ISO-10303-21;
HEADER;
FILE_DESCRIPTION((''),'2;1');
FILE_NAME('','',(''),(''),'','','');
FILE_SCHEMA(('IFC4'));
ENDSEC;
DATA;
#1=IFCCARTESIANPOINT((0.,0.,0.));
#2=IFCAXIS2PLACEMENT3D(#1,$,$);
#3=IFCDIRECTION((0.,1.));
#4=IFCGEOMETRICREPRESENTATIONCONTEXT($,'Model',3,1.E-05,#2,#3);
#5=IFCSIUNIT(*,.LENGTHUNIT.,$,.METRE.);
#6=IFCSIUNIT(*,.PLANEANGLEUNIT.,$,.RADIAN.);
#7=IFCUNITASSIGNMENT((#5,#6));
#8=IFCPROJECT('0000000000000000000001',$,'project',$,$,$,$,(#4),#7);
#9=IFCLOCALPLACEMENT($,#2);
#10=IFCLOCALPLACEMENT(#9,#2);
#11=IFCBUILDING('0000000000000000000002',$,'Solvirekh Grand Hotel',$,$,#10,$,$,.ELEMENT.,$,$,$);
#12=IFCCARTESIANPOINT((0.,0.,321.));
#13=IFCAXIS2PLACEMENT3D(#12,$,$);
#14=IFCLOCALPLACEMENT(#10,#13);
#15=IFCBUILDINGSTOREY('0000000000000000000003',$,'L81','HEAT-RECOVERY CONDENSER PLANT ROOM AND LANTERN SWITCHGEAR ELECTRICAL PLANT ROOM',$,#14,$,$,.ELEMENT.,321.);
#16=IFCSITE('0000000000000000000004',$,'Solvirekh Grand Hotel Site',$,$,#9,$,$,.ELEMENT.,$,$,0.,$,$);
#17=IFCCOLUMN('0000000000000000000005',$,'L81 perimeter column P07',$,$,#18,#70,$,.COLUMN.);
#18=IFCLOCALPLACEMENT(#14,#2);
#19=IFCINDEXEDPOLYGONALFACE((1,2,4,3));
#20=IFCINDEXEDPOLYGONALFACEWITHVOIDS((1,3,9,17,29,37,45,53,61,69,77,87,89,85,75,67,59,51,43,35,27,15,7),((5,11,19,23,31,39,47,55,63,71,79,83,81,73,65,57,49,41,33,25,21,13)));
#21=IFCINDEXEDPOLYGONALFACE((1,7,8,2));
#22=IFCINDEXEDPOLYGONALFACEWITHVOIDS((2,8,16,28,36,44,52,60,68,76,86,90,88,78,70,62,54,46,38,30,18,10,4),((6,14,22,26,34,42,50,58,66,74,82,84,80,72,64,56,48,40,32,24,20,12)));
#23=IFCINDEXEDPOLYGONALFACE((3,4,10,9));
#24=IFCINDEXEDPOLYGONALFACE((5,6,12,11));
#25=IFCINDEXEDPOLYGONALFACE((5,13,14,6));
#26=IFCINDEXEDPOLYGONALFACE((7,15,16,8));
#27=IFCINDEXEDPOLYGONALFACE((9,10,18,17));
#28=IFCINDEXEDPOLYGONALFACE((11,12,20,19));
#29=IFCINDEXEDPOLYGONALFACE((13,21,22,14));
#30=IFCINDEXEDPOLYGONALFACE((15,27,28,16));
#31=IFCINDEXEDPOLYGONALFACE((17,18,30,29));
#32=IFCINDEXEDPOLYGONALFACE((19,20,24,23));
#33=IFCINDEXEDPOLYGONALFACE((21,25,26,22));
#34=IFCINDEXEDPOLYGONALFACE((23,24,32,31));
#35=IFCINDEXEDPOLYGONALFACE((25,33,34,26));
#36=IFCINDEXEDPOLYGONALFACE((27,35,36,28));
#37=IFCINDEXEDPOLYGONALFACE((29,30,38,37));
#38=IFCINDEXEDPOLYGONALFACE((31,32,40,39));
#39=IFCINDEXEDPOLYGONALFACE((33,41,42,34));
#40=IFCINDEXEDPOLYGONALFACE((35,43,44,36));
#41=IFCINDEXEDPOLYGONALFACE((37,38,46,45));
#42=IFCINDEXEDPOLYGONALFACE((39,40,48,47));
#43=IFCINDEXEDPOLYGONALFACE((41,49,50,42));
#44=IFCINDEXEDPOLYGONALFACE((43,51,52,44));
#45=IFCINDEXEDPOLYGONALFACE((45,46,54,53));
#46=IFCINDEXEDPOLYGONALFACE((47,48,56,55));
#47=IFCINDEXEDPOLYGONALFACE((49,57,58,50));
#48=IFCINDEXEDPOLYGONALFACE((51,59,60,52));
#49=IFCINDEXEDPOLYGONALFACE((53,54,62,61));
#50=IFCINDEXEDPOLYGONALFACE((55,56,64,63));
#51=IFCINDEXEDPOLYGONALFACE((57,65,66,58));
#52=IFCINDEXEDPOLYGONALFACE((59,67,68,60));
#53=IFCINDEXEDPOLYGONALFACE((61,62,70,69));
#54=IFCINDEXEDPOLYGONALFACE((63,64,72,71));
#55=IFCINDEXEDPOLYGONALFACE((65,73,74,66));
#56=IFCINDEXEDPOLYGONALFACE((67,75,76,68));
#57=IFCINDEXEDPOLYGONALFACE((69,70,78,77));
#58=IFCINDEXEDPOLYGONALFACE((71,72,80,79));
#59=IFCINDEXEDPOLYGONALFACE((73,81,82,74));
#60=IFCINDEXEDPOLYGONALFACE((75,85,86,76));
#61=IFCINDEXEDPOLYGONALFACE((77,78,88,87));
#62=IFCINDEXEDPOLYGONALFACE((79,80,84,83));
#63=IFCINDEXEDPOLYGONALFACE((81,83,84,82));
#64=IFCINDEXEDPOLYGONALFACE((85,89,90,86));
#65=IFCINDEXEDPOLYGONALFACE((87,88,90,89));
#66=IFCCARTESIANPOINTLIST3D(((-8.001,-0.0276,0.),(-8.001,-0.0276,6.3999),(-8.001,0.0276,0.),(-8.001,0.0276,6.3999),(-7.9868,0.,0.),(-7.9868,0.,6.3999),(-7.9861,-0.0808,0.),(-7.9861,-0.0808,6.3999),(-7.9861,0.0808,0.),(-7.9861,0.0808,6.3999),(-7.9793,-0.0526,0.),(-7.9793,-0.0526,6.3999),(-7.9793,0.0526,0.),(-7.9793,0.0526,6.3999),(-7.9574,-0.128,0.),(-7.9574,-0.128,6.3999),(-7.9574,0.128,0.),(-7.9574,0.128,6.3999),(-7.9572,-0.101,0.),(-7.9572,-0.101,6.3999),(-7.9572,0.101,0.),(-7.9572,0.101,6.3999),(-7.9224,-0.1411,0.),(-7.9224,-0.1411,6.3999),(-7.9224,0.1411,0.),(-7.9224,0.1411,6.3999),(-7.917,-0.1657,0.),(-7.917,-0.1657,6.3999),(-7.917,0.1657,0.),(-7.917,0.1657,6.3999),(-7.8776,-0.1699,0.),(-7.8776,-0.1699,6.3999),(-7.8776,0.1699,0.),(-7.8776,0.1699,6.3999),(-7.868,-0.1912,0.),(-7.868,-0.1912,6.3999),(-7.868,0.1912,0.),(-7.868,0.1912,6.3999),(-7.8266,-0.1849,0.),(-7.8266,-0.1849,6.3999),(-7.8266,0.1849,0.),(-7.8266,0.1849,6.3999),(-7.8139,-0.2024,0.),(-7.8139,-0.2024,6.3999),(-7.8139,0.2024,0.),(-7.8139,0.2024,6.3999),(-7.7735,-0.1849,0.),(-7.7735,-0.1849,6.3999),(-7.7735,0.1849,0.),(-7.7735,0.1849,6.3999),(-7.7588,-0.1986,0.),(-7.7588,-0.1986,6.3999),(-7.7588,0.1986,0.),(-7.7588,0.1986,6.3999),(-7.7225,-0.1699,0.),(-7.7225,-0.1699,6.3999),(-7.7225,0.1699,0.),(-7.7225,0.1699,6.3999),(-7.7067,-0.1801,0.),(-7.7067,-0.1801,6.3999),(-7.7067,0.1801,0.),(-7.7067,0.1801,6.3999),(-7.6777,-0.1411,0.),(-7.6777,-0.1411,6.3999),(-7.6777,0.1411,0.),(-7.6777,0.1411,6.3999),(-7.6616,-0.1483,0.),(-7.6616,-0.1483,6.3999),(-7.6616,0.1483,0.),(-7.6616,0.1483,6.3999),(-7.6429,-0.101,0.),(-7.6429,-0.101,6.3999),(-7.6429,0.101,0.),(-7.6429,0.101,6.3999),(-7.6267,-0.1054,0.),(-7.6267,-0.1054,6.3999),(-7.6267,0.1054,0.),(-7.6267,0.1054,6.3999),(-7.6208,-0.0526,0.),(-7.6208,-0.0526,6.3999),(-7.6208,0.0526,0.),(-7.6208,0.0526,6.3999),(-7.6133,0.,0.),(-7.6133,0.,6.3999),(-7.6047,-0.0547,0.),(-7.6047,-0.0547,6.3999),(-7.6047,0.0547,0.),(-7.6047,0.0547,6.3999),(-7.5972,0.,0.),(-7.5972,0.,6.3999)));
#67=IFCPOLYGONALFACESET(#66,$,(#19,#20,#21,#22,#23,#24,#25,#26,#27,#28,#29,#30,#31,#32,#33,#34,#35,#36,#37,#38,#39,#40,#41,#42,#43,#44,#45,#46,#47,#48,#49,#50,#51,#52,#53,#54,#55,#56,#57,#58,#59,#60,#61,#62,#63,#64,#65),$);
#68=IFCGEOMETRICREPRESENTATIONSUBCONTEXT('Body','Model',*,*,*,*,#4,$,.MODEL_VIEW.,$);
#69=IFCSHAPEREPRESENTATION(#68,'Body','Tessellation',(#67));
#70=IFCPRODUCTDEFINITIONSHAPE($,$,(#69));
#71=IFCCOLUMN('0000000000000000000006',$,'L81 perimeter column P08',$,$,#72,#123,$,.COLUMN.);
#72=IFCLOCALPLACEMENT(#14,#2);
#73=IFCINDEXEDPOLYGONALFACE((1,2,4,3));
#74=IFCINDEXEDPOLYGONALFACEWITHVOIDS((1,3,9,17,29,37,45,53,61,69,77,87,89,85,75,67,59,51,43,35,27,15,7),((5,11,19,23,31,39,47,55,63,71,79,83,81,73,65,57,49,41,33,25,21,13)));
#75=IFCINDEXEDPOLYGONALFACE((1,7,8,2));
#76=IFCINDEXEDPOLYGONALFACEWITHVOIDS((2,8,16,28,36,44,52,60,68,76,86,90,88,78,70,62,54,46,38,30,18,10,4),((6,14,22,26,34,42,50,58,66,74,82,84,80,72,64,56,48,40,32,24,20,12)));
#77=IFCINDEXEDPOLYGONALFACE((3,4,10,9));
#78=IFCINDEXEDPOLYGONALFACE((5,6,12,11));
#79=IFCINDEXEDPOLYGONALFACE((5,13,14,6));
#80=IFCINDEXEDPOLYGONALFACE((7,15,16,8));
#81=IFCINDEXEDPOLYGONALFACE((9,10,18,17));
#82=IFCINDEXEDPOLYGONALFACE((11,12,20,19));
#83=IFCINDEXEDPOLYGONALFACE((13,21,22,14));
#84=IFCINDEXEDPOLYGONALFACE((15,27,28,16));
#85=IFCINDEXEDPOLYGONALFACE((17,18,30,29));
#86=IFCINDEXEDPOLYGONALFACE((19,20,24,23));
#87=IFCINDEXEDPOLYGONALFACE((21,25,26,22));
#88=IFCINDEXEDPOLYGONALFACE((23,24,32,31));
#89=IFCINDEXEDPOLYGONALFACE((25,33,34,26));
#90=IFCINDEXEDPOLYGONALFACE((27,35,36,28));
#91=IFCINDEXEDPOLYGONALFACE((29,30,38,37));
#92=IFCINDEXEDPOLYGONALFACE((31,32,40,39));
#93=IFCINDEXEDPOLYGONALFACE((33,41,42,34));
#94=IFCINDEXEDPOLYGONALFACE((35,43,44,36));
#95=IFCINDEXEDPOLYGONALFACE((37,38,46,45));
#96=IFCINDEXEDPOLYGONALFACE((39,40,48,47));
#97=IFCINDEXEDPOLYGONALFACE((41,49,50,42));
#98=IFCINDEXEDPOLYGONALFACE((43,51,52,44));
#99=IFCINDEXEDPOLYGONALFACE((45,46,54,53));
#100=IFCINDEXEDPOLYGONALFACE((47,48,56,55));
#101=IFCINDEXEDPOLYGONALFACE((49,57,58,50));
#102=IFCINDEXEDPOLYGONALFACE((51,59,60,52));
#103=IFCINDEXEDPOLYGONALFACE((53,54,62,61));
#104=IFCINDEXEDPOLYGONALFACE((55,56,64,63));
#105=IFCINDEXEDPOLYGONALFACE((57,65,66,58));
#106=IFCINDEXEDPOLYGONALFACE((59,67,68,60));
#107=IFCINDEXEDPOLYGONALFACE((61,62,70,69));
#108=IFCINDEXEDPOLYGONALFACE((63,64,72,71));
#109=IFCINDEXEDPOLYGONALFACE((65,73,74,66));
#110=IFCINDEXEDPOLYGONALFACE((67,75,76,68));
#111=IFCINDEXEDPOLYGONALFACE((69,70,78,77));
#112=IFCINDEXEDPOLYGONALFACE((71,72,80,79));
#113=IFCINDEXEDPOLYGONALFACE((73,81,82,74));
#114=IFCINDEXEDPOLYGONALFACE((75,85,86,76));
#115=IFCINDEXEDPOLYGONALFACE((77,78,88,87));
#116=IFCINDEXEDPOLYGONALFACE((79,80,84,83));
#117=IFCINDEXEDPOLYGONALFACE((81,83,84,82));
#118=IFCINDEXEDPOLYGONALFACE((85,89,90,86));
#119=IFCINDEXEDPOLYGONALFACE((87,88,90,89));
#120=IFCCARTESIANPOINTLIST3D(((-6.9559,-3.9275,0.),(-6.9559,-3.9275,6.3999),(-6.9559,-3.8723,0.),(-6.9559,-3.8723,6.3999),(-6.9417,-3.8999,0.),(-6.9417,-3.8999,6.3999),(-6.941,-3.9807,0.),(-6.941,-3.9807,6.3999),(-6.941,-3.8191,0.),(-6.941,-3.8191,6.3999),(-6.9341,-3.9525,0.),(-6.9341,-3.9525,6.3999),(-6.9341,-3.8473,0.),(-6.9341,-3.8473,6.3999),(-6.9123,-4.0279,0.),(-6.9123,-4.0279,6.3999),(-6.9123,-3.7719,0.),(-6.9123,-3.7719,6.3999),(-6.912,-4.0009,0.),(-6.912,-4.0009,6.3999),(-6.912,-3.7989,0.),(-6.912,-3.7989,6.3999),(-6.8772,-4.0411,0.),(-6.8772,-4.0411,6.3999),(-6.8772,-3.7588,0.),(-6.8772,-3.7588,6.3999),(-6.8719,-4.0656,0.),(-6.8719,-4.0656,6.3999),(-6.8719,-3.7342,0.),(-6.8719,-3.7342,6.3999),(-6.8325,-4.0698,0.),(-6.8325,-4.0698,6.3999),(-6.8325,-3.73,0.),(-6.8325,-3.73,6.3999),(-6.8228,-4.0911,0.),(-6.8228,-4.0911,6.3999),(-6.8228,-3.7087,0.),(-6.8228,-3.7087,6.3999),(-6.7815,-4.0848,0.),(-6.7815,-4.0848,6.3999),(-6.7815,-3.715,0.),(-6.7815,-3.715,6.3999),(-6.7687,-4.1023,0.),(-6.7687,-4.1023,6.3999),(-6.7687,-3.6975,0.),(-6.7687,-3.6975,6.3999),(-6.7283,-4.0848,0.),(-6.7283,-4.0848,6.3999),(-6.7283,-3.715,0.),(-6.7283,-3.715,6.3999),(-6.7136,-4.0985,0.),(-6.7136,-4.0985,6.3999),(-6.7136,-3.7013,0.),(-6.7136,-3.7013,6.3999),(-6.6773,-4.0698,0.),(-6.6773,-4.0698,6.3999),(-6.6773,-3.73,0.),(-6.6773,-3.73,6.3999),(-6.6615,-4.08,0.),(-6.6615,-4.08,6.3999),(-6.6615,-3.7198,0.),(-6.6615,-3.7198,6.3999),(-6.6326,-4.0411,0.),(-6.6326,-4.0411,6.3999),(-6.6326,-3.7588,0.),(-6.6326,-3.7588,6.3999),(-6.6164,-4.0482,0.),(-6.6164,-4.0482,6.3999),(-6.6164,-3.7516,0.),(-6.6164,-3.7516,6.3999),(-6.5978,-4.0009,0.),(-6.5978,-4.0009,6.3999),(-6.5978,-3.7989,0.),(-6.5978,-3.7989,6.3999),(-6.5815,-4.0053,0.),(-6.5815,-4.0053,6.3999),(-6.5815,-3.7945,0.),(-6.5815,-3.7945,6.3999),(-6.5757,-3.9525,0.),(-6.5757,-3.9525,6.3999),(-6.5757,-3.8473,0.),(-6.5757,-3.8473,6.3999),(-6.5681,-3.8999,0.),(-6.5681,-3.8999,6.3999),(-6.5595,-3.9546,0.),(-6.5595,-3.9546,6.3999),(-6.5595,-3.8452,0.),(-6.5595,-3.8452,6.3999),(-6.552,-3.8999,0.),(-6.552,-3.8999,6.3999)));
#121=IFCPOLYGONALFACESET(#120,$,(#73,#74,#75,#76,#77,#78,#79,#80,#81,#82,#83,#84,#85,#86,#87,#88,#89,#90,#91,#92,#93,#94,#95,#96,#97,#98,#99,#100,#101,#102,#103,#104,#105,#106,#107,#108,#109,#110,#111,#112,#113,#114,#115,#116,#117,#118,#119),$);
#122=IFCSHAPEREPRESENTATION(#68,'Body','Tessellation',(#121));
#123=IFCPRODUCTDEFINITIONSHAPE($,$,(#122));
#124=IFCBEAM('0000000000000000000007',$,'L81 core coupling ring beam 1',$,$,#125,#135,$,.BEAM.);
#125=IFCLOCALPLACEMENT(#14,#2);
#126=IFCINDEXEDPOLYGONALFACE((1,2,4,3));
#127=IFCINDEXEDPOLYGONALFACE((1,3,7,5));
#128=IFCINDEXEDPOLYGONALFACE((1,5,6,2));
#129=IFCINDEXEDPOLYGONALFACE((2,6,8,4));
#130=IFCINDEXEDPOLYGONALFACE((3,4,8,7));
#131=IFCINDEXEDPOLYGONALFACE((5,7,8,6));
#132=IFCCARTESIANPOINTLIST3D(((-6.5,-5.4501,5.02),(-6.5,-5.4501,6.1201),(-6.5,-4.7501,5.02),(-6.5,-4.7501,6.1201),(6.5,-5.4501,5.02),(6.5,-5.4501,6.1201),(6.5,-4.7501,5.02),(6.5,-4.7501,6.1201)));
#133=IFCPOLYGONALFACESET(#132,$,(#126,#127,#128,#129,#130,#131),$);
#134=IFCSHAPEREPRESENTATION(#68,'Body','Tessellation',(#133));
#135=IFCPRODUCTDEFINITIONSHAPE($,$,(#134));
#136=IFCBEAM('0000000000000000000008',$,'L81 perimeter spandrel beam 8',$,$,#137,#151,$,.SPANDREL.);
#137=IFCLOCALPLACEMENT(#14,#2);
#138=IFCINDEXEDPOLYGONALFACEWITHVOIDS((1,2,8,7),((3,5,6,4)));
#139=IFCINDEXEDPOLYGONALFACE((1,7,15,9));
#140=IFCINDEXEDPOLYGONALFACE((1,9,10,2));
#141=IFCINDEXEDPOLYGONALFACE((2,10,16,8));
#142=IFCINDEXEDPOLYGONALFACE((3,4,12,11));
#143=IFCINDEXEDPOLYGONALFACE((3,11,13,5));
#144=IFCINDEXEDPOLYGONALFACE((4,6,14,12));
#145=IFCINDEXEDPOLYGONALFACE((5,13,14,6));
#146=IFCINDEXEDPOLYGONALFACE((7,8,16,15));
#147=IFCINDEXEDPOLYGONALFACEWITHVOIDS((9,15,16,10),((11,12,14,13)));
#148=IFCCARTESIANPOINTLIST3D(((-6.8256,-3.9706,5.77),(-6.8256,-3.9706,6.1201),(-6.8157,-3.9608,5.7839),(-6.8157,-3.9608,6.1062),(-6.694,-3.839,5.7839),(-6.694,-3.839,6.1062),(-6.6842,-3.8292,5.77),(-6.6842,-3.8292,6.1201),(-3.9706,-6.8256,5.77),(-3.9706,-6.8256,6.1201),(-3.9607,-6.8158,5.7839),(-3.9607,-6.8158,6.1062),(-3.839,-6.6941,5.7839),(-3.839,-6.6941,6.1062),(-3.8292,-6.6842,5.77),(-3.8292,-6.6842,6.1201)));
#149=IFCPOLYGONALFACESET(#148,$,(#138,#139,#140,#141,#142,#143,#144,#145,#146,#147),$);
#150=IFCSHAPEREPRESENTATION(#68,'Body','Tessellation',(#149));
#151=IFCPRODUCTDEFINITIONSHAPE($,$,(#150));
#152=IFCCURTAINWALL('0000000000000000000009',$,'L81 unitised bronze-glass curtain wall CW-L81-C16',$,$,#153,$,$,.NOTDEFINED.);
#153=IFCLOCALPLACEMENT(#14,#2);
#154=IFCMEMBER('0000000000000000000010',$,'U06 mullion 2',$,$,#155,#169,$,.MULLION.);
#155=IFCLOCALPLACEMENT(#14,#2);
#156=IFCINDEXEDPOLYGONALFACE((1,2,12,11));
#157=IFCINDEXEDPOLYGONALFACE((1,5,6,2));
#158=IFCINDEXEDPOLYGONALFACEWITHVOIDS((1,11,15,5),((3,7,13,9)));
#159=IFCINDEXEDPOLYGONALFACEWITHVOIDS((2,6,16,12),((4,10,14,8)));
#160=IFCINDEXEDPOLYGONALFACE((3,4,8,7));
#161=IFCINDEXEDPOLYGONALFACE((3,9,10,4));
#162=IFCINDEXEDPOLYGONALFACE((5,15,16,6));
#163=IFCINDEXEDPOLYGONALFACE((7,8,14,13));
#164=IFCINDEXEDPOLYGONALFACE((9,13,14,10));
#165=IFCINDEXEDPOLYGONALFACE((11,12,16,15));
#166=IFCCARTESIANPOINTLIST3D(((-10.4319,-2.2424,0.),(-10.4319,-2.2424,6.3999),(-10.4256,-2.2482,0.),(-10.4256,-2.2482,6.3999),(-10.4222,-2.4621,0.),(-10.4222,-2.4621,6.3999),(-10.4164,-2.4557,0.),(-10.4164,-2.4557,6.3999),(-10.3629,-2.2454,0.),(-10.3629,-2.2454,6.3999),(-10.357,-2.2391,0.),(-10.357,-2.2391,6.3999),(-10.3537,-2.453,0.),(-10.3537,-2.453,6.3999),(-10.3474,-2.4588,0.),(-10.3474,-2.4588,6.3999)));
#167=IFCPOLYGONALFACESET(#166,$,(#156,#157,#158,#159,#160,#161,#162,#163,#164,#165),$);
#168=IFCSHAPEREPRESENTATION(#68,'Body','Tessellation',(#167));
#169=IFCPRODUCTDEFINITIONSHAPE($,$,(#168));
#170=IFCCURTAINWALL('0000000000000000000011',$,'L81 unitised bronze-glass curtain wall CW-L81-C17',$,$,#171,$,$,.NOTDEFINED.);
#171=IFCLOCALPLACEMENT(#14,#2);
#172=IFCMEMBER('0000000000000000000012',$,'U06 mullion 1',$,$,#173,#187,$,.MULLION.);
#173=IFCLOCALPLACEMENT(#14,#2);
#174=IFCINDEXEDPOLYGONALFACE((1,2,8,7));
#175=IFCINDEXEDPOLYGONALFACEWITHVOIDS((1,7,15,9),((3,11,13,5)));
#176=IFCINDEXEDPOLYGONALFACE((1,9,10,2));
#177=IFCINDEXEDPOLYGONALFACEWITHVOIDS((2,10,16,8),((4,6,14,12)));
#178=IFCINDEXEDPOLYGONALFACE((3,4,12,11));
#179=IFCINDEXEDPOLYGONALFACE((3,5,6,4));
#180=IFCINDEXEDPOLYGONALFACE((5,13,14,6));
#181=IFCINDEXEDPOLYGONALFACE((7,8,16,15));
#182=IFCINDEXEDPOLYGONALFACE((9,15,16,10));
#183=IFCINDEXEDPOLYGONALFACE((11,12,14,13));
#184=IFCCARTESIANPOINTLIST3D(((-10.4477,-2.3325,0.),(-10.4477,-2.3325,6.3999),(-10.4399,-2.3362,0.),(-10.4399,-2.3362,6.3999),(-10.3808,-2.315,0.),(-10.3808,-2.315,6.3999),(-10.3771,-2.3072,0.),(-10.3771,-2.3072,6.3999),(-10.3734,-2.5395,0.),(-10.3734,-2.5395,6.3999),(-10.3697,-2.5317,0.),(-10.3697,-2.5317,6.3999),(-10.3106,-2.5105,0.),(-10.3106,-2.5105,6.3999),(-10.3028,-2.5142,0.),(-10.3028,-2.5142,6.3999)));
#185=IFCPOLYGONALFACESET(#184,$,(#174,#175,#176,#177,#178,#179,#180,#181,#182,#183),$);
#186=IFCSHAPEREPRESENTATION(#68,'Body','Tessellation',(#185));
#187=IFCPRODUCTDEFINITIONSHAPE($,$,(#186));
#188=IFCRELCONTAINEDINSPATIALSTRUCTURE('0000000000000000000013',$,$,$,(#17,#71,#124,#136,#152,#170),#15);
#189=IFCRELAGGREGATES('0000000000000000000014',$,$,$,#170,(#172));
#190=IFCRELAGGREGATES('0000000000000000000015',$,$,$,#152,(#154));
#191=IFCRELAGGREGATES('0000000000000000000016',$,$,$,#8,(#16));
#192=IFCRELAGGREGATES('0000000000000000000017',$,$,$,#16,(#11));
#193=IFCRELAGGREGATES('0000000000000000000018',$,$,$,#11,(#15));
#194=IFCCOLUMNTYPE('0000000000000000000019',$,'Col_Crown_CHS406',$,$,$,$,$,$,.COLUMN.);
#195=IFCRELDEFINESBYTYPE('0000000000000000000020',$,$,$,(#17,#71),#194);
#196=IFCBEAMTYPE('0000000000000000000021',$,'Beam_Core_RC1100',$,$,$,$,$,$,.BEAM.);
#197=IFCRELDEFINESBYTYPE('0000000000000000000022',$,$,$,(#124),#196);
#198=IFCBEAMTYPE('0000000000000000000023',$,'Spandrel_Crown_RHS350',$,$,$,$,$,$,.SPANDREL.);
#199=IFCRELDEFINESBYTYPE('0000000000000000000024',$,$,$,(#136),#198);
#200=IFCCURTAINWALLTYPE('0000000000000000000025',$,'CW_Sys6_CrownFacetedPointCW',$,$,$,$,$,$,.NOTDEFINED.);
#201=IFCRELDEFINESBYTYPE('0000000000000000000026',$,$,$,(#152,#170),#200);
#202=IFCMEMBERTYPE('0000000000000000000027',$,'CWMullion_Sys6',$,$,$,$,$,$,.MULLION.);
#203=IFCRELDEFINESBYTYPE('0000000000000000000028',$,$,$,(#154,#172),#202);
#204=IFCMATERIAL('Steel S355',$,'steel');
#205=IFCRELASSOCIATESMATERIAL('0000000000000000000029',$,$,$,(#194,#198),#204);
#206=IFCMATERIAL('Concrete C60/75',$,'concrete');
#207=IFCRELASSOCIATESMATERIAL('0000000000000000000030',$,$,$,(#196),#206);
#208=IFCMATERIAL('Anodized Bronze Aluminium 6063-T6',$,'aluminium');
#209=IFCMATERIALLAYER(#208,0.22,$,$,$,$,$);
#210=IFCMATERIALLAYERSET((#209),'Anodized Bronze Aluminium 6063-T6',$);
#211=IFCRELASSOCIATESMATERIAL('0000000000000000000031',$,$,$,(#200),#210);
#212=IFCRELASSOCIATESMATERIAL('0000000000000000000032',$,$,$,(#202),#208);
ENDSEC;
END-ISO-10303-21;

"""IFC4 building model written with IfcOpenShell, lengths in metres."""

from ifc_helpers import new_model, si_unit, direction, frame, origin, origin_2d, place, context, subcontext, project, spatial, rectangle, hollow_rectangle, hollow_circle, extrude, source, transform, mapped, material, layer, layer_set, material_profile, profile_set, type_object, element, aggregate, save


model = new_model("IFC4")

# Units and contexts
model_context = context("Model", 3, precision=1e-05, world=origin(), true_north=direction((0.0, 1.0)))
body_context = subcontext(model_context, "Body", "Model", "MODEL_VIEW")
ifc_project = project(units=[si_unit("LENGTHUNIT", "METRE"), si_unit("PLANEANGLEUNIT", "RADIAN")], contexts=[model_context])

# Site, building, storey
site_placement = place(None, origin())
site = spatial("IfcSite", under=ifc_project, at=site_placement, Name="Solvirekh Grand Hotel Site", CompositionType="ELEMENT", RefElevation=0.0)
building_placement = place(site_placement, origin())
building = spatial("IfcBuilding", under=site, at=building_placement, Name="Solvirekh Grand Hotel", CompositionType="ELEMENT")
storey_placement = place(building_placement, frame((0.0, 0.0, 321.0)))
storey = spatial("IfcBuildingStorey", under=building, at=storey_placement, Name="L81", Description="HEAT-RECOVERY CONDENSER PLANT ROOM AND LANTERN SWITCHGEAR ELECTRICAL PLANT ROOM", CompositionType="ELEMENT", Elevation=321.0)

# Columns
ifc_material_1 = material(Name="Steel S355", Category="steel")
ifc_material_profile_1 = material_profile(ifc_material_1, hollow_circle(Radius=0.2029, WallThickness=0.0161, at=origin_2d()), Name="CHS 406X16")
ifc_profile_set_1 = profile_set([ifc_material_profile_1], Name="Steel S355")
column_type = type_object("IfcColumnType", Name="Col_Crown_CHS406", PredefinedType="COLUMN", material=ifc_profile_set_1)
for number, where, z_axis, x_axis, name in (
    (1, (-7.8, 0.0, 0.0), (0.0, 0.0, 1.0), (1.0, 0.0, 0.0), "L81 perimeter column P07"),
    (2, (-6.7549, -3.8999, 0.0), (0.0, 0.0, 1.0), (1.0, 0.0, 0.0), "L81 perimeter column P08"),
):
    element("IfcColumn", number, at=place(storey_placement, frame(where, z_axis=z_axis, x_axis=x_axis)), inside=storey, type_object=column_type, Name=name, PredefinedType="COLUMN", context=body_context, shape_type="SweptSolid", body=[
        extrude(hollow_circle(Radius=0.2029, WallThickness=0.0161, at=origin_2d()), origin(), (0.0, 0.0, 1.0), 6.3999),
    ])

# Beams
ifc_material_2 = material(Name="Concrete C60/75", Category="concrete")
ifc_material_profile_2 = material_profile(ifc_material_2, rectangle(XDim=0.7, YDim=1.1001, at=origin_2d()), Name="RC BEAM 700X1100")
ifc_profile_set_2 = profile_set([ifc_material_profile_2], Name="Concrete C60/75")
beam_type_1 = type_object("IfcBeamType", Name="Beam_Core_RC1100", PredefinedType="BEAM", material=ifc_profile_set_2)
beam_1_placement = place(storey_placement, frame((-6.5, -5.1001, 5.5701), z_axis=(1.0, 0.0, 0.0), x_axis=(0.0, 1.0, 0.0)))
element("IfcBeam", 3, at=beam_1_placement, inside=storey, type_object=beam_type_1, Name="L81 core coupling ring beam 1", PredefinedType="BEAM", context=body_context, shape_type="SweptSolid", body=[
    extrude(rectangle(XDim=0.7, YDim=1.1001, at=origin_2d()), origin(), (0.0, 0.0, 1.0), 13.0),
])
ifc_material_profile_3 = material_profile(ifc_material_1, hollow_rectangle(XDim=0.2, YDim=0.3501, WallThickness=0.0139, at=origin_2d()), Name="RHS 350X200X14")
ifc_profile_set_3 = profile_set([ifc_material_profile_3], Name="Steel S355")
beam_type_2 = type_object("IfcBeamType", Name="Spandrel_Crown_RHS350", PredefinedType="SPANDREL", material=ifc_profile_set_3)
beam_2_placement = place(storey_placement, frame((-6.7549, -3.8999, 5.9451), z_axis=(0.707107, -0.707107, 0.0), x_axis=(0.707107, 0.707107, 0.0)))
element("IfcBeam", 4, at=beam_2_placement, inside=storey, type_object=beam_type_2, Name="L81 perimeter spandrel beam 8", PredefinedType="SPANDREL", context=body_context, shape_type="SweptSolid", body=[
    extrude(hollow_rectangle(XDim=0.2, YDim=0.3501, WallThickness=0.0139, at=origin_2d()), origin(), (0.0, 0.0, 1.0), 4.0376),
])

# Curtain wall, member
ifc_material_3 = material(Name="Anodized Bronze Aluminium 6063-T6", Category="aluminium")
ifc_layer_1 = layer(ifc_material_3, 0.22)
ifc_layer_set_1 = layer_set([ifc_layer_1], Name="Anodized Bronze Aluminium 6063-T6")
curtain_wall_type = type_object("IfcCurtainWallType", Name="CW_Sys6_CrownFacetedPointCW", PredefinedType="NOTDEFINED", material=ifc_layer_set_1)
curtain_wall_1_placement = place(storey_placement, origin())
curtain_wall_1 = element("IfcCurtainWall", 5, at=curtain_wall_1_placement, inside=storey, type_object=curtain_wall_type, Name="L81 unitised bronze-glass curtain wall CW-L81-C16", PredefinedType="NOTDEFINED")
ifc_material_profile_4 = material_profile(ifc_material_3, hollow_rectangle(XDim=0.075, YDim=0.22, WallThickness=0.0061, at=origin_2d()), Name="ALU RHS 220X75X6")
ifc_profile_set_4 = profile_set([ifc_material_profile_4], Name="Anodized Bronze Aluminium 6063-T6")
member_type_1 = type_object("IfcMemberType", Name="CWMullion_Sys6", PredefinedType="MULLION", material=ifc_profile_set_4)
shared_shape_1 = source(origin(), body_context, "Body", "SweptSolid", [
    extrude(hollow_rectangle(XDim=0.075, YDim=0.22, WallThickness=0.0061, at=origin_2d()), origin(), (0.0, 0.0, 1.0), 6.3999),
])
member_1_placement = place(storey_placement, frame((-10.3896, -2.3506, 0.0), z_axis=(0.0, 0.0, 1.0), x_axis=(0.999031, 0.044008, 0.0)))
member_1 = element("IfcMember", 6, at=member_1_placement, type_object=member_type_1, Name="U06 mullion 2", PredefinedType="MULLION", context=body_context, shape_type="MappedRepresentation", body=[
    mapped(shared_shape_1, transform((0.0, 0.0, 0.0), x_axis=(1.0, 0.0, 0.0), y_axis=(0.0, 1.0, 0.0), z_axis=(0.0, 0.0, 1.0), scale=1.0)),
])

# Curtain wall, member
curtain_wall_2_placement = place(storey_placement, origin())
curtain_wall_2 = element("IfcCurtainWall", 7, at=curtain_wall_2_placement, inside=storey, type_object=curtain_wall_type, Name="L81 unitised bronze-glass curtain wall CW-L81-C17", PredefinedType="NOTDEFINED")
member_2_placement = place(storey_placement, frame((-10.3752, -2.4233, 0.0), z_axis=(0.0, 0.0, 1.0), x_axis=(0.941225, 0.33778, 0.0)))
member_2 = element("IfcMember", 8, at=member_2_placement, type_object=member_type_1, Name="U06 mullion 1", PredefinedType="MULLION", context=body_context, shape_type="MappedRepresentation", body=[
    mapped(shared_shape_1, transform((0.0, 0.0, 0.0), x_axis=(1.0, 0.0, 0.0), y_axis=(0.0, 1.0, 0.0), z_axis=(0.0, 0.0, 1.0), scale=1.0)),
])

aggregate(curtain_wall_2, [member_2])
aggregate(curtain_wall_1, [member_1])

save(model, "model.ifc")
